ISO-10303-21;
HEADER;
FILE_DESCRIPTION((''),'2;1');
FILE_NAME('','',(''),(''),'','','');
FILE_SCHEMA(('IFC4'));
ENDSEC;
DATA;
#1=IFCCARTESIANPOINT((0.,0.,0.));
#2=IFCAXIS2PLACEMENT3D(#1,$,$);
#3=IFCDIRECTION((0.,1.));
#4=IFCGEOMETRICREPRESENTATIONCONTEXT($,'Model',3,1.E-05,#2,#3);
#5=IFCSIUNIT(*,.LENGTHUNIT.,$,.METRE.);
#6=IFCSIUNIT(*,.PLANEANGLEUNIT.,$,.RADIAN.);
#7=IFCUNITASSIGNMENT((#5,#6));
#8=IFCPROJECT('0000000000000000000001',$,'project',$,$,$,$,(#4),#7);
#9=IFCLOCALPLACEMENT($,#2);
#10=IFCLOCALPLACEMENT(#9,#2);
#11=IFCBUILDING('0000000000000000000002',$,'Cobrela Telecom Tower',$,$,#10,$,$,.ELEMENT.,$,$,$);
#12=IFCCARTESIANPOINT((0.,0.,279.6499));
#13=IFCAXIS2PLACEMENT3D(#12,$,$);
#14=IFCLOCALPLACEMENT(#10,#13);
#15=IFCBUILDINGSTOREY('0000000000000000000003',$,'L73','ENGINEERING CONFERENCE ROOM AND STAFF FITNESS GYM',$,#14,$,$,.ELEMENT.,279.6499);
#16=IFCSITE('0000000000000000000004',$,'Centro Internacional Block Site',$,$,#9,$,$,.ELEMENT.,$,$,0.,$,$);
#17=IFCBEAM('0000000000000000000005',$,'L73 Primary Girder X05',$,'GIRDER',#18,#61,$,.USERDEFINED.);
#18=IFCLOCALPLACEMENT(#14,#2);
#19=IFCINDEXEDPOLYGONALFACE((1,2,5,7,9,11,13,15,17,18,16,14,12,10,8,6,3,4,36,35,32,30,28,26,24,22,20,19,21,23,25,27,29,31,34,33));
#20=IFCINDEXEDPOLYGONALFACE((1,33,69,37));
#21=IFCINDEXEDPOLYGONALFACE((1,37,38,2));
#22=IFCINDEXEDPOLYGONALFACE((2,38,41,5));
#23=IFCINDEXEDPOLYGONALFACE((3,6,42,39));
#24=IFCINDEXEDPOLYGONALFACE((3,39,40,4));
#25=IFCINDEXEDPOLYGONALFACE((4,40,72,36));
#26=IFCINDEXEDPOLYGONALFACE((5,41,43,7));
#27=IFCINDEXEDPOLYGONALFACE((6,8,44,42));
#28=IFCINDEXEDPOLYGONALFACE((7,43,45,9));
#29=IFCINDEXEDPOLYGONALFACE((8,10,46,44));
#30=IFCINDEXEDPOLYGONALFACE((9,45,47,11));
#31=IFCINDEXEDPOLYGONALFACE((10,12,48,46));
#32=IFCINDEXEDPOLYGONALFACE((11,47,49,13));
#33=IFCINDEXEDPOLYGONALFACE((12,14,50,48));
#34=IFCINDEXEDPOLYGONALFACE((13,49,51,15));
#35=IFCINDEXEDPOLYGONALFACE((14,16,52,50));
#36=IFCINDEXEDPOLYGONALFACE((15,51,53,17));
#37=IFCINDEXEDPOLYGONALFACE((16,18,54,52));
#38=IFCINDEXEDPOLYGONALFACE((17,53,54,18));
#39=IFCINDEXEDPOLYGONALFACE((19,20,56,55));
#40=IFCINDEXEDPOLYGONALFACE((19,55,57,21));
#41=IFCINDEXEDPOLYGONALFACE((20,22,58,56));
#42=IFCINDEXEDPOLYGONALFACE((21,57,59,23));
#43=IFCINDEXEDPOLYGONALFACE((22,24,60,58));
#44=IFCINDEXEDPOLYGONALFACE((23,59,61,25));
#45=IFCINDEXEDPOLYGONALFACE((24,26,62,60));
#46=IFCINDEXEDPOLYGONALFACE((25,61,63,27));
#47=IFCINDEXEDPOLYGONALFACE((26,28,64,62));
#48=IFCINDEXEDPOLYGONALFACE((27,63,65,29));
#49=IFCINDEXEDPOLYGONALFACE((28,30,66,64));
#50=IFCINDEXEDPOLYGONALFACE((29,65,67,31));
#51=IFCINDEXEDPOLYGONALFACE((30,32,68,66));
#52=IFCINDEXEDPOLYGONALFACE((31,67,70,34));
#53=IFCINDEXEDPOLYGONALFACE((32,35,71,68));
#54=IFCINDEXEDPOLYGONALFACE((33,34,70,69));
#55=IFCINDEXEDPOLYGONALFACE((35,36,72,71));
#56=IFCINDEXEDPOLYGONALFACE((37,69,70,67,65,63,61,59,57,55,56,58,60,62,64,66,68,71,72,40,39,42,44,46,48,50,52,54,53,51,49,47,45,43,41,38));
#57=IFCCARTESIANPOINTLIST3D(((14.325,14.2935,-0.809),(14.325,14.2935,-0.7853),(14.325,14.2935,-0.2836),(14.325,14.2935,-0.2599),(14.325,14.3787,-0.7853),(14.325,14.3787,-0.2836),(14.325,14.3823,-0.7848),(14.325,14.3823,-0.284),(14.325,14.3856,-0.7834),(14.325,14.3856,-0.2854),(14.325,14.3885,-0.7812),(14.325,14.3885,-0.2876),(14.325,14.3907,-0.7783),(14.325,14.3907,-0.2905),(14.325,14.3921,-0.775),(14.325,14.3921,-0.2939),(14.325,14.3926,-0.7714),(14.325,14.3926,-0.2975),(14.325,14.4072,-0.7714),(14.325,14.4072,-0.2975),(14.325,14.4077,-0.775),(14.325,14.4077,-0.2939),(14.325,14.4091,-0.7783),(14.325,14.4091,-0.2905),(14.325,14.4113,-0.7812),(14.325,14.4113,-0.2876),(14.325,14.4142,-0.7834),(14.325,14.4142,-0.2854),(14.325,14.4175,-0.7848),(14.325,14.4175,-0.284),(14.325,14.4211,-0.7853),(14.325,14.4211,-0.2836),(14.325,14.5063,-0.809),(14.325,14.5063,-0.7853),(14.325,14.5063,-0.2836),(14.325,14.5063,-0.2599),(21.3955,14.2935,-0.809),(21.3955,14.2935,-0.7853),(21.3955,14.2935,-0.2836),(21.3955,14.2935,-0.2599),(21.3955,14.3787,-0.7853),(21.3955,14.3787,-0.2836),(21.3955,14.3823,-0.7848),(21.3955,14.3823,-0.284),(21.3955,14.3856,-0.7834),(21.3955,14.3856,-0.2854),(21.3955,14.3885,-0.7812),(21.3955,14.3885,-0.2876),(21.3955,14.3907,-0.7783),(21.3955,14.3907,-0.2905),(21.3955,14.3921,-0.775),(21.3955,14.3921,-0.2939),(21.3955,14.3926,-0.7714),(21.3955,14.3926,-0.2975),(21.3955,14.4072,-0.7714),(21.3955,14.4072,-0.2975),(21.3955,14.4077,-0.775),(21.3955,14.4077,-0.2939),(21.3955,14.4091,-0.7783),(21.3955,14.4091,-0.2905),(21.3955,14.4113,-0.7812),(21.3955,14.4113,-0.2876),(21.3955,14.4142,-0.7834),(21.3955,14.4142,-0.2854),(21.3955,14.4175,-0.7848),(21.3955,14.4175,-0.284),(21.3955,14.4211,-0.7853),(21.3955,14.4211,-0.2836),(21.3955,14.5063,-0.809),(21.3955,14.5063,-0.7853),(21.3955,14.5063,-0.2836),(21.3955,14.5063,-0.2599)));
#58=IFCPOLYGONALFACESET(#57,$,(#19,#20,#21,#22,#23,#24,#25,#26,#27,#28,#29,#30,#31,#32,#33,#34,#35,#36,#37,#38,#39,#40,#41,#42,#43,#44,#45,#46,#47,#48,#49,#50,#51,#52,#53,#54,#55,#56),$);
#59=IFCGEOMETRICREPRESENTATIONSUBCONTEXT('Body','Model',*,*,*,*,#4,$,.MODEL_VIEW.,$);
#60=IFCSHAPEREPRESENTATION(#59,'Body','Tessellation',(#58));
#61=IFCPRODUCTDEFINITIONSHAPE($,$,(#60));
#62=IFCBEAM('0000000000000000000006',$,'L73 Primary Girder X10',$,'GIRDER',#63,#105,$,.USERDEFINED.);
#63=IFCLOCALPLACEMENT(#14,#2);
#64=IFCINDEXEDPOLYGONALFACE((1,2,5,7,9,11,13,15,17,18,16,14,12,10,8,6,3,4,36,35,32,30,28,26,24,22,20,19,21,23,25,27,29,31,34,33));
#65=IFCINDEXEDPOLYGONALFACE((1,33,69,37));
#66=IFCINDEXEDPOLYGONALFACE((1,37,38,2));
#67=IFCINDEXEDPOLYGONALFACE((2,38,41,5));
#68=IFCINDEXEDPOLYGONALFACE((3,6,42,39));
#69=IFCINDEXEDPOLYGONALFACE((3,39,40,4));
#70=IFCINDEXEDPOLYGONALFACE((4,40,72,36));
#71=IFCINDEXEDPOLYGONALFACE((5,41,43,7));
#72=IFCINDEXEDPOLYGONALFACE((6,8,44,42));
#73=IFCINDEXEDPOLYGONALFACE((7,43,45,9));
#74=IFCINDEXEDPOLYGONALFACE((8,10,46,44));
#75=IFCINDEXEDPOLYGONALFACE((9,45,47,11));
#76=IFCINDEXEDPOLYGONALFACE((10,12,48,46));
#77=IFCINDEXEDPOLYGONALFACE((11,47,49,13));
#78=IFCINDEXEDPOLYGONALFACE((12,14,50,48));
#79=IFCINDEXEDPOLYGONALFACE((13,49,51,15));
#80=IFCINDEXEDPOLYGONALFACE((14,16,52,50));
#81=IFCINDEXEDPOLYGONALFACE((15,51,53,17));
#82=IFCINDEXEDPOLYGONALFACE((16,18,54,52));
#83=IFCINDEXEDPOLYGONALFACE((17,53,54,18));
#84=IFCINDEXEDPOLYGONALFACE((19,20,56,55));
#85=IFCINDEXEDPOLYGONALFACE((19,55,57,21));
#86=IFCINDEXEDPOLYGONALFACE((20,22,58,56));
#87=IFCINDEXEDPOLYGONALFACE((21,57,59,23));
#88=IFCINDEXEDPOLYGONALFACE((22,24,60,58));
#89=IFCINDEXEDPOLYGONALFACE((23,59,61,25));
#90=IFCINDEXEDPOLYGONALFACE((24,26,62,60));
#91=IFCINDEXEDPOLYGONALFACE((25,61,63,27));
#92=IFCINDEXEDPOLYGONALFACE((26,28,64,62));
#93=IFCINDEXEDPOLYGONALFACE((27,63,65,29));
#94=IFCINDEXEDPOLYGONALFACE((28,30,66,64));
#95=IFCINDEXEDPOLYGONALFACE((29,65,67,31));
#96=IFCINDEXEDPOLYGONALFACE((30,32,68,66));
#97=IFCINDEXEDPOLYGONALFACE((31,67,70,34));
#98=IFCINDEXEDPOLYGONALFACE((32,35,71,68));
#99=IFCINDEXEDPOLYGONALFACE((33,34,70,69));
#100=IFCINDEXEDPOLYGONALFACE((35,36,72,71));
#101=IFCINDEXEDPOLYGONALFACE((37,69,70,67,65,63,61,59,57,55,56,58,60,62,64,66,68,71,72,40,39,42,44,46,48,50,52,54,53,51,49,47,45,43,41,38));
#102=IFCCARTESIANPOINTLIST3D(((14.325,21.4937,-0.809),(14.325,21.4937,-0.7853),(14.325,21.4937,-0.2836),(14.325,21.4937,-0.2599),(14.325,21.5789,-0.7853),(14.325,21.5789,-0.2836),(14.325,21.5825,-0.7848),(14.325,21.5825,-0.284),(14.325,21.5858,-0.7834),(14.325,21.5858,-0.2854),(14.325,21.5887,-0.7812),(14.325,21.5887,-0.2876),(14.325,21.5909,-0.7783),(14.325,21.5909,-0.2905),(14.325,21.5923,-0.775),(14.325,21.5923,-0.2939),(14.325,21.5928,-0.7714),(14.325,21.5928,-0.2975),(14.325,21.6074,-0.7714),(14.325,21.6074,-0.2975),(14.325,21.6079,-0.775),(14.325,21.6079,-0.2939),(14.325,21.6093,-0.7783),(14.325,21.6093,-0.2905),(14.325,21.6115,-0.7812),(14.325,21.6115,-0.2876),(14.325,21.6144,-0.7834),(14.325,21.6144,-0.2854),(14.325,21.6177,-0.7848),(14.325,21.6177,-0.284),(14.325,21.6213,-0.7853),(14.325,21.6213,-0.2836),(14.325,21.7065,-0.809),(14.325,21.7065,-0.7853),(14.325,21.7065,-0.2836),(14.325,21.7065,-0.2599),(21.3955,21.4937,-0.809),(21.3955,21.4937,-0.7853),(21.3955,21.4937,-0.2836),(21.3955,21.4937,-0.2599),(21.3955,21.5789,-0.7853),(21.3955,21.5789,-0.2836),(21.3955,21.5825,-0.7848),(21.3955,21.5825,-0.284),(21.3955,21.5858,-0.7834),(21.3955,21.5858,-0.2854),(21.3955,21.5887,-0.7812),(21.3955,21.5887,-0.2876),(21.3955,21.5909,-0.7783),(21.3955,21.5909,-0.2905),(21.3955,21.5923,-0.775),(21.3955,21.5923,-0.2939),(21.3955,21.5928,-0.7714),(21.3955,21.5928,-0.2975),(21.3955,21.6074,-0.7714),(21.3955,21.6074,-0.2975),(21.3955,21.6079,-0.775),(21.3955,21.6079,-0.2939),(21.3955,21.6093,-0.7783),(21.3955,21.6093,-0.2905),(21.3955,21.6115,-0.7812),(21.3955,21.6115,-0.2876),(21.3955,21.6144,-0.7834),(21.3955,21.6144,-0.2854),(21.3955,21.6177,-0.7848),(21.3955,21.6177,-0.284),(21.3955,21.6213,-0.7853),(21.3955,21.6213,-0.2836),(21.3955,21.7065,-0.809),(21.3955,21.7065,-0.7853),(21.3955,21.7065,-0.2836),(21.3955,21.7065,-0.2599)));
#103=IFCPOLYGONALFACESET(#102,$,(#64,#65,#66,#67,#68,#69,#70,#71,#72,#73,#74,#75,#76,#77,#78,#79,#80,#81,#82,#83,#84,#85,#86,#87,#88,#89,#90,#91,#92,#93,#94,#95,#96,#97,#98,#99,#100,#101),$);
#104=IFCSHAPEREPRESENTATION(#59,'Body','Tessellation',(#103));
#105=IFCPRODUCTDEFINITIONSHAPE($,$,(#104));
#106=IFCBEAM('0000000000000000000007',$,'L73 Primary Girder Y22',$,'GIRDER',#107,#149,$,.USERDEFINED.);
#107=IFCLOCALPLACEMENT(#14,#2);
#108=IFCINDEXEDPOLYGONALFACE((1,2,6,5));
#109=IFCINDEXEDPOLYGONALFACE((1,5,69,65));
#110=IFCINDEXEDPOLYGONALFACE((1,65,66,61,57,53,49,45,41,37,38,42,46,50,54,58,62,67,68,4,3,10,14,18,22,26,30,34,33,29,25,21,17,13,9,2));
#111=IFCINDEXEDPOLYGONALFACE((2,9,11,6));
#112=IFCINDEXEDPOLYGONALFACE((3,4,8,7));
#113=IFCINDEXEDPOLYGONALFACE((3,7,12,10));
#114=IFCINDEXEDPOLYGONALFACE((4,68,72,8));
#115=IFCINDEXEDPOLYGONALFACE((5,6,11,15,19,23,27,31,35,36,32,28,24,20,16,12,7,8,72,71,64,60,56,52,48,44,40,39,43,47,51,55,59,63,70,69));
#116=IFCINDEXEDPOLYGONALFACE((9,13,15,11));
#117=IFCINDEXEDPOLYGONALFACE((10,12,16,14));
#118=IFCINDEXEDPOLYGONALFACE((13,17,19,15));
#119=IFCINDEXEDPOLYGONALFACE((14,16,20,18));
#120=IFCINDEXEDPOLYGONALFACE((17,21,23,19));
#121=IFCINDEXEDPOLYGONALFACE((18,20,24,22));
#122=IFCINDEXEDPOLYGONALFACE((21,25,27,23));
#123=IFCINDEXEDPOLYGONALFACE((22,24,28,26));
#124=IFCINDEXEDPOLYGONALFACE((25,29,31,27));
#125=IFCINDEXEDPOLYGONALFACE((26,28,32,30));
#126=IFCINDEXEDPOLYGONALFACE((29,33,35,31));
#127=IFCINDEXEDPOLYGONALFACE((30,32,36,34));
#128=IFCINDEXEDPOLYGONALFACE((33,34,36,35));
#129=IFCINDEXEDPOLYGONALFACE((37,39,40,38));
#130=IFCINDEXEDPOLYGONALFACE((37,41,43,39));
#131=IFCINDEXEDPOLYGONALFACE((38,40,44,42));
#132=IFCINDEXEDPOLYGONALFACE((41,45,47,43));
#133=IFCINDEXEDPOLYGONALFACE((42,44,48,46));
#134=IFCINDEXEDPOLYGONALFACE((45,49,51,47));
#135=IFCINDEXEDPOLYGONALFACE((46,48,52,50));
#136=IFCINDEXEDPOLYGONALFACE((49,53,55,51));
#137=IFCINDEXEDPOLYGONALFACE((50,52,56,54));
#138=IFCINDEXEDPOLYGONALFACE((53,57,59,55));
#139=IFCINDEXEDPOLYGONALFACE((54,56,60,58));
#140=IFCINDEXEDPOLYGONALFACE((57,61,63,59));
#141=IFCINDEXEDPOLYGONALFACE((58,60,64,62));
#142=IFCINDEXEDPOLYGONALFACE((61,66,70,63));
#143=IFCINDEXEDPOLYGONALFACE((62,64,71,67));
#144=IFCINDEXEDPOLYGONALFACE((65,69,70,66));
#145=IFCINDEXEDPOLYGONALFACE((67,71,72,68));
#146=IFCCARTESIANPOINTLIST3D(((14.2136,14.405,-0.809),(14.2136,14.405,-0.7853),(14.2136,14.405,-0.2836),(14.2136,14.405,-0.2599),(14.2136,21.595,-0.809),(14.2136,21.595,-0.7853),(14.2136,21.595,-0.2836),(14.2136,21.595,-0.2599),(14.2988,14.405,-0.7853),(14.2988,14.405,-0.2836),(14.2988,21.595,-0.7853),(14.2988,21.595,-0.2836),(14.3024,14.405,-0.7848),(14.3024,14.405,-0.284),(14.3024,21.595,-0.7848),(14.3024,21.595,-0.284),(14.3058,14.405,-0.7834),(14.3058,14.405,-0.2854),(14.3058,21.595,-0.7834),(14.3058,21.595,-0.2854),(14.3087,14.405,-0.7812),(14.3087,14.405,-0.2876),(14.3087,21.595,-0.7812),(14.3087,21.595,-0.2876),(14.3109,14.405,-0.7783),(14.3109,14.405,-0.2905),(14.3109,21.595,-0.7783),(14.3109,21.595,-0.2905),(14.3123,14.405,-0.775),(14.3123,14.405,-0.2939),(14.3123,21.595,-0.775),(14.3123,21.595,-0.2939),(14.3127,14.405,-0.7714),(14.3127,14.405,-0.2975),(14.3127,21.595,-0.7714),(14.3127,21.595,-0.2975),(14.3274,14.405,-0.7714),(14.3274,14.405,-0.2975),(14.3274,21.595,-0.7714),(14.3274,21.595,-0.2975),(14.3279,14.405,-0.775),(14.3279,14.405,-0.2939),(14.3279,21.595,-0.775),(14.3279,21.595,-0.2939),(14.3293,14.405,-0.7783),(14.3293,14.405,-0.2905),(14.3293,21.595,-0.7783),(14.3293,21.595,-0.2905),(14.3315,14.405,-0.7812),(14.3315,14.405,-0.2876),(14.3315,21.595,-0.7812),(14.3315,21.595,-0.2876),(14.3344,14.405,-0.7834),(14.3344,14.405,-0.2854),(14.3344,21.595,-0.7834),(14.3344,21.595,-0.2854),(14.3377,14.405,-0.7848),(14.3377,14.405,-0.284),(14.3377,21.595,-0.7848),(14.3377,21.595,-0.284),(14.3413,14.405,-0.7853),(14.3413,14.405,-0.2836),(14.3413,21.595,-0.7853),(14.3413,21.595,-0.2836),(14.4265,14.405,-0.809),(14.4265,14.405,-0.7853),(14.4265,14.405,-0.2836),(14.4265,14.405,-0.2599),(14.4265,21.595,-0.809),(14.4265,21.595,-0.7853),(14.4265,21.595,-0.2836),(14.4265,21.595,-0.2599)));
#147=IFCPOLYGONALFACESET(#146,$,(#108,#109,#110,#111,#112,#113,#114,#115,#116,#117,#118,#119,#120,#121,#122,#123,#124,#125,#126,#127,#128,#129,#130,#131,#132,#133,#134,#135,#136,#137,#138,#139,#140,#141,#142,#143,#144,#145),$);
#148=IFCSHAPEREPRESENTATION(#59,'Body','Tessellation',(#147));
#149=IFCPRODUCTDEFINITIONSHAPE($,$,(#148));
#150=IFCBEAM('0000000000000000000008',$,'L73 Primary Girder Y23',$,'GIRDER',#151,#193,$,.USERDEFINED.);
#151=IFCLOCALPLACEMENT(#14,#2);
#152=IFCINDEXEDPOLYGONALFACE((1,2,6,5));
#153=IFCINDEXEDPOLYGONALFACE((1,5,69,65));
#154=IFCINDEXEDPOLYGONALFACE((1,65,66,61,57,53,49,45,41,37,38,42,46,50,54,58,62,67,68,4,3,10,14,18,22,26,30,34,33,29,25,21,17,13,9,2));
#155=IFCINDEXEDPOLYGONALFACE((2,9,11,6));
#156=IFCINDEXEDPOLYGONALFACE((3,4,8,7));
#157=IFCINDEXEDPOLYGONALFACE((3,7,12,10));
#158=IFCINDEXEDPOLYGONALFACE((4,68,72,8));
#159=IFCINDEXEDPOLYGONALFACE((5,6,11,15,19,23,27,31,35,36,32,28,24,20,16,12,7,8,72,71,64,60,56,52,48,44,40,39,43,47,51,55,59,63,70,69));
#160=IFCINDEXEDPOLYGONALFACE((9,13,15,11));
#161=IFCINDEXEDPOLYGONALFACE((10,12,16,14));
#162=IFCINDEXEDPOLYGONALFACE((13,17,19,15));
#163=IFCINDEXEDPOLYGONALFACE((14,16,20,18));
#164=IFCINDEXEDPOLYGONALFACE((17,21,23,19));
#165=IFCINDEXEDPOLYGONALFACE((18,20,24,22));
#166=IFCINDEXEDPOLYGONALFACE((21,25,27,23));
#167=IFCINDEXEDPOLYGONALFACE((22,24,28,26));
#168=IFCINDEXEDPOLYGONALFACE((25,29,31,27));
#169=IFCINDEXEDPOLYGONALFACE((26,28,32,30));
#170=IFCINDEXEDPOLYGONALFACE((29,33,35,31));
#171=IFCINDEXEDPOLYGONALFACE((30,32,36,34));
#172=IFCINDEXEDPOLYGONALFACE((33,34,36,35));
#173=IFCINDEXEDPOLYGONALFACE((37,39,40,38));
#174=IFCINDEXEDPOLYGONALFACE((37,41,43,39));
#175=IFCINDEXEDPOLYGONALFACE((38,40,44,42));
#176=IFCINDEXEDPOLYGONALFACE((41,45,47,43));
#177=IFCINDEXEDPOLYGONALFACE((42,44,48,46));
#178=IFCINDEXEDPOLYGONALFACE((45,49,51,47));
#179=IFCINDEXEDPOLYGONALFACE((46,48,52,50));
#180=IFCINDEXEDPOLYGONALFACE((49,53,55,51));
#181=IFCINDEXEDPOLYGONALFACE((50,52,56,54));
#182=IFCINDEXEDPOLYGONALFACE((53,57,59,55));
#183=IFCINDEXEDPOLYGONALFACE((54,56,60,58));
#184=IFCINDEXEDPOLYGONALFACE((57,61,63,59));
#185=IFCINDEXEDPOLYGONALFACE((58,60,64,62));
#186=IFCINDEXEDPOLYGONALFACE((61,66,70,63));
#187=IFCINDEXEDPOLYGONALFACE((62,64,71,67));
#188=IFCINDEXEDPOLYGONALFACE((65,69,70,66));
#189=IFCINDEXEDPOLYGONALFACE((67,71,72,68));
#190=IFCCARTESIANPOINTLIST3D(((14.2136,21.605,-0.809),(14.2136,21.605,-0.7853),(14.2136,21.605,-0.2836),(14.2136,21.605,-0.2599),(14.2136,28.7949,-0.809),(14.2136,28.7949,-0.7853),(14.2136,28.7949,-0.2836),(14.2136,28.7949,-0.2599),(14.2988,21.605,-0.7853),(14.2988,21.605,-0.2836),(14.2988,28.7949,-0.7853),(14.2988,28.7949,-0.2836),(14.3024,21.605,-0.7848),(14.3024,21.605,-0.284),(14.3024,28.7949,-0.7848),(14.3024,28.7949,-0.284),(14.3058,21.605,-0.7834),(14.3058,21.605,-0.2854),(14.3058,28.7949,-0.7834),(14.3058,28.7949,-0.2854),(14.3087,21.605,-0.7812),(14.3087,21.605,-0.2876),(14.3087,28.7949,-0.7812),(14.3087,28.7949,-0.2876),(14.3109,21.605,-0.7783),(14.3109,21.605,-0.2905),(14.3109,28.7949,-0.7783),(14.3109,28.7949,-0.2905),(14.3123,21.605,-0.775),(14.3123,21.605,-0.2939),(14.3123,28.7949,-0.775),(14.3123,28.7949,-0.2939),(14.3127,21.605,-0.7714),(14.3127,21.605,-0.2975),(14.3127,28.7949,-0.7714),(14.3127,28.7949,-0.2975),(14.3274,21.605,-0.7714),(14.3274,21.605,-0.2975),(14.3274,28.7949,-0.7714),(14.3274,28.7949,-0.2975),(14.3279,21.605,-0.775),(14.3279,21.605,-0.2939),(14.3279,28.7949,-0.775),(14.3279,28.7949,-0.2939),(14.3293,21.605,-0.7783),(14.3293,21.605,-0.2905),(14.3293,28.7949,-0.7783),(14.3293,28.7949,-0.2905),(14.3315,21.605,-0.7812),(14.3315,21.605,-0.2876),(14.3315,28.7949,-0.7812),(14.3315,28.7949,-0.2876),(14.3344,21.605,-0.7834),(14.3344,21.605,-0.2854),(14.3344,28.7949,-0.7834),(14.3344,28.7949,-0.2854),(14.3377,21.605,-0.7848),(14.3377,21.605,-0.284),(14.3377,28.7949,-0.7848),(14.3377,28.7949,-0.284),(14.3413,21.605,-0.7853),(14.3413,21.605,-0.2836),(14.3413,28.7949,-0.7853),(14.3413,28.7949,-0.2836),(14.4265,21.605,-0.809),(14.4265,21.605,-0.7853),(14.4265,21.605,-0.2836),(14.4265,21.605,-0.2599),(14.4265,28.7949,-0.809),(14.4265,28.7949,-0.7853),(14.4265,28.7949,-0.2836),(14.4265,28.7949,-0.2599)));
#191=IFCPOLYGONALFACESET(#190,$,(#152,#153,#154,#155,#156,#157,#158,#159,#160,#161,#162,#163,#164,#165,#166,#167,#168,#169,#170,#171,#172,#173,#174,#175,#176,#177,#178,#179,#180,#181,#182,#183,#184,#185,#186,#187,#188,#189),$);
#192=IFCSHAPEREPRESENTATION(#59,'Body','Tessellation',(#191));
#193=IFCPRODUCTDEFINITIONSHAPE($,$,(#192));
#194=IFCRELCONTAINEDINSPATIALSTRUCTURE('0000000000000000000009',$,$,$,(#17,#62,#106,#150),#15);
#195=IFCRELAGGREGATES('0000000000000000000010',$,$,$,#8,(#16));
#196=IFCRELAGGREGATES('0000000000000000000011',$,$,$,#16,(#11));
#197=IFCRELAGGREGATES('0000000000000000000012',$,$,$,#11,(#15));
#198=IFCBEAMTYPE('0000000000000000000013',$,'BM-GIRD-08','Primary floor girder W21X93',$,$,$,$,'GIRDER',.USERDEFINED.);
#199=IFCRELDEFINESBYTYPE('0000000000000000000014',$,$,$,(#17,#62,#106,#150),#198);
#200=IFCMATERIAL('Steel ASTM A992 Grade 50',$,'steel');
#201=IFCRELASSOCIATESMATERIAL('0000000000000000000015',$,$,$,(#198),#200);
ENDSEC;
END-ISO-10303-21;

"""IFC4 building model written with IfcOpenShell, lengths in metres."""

from ifc_helpers import new_model, si_unit, direction, frame, origin, origin_2d, place, context, subcontext, project, spatial, i_section, extrude, material, material_profile, profile_set, type_object, element, save


model = new_model("IFC4")

# Units and contexts
model_context = context("Model", 3, precision=1e-05, world=origin(), true_north=direction((0.0, 1.0)))
body_context = subcontext(model_context, "Body", "Model", "MODEL_VIEW")
ifc_project = project(units=[si_unit("LENGTHUNIT", "METRE"), si_unit("PLANEANGLEUNIT", "RADIAN")], contexts=[model_context])

# Site, building, storey
site_placement = place(None, origin())
site = spatial("IfcSite", under=ifc_project, at=site_placement, Name="Centro Internacional Block Site", CompositionType="ELEMENT", RefElevation=0.0)
building_placement = place(site_placement, origin())
building = spatial("IfcBuilding", under=site, at=building_placement, Name="Cobrela Telecom Tower", CompositionType="ELEMENT")
storey_placement = place(building_placement, frame((0.0, 0.0, 279.6499)))
storey = spatial("IfcBuildingStorey", under=building, at=storey_placement, Name="L73", Description="ENGINEERING CONFERENCE ROOM AND STAFF FITNESS GYM", CompositionType="ELEMENT", Elevation=279.6499)

# Beams
ifc_material_1 = material(Name="Steel ASTM A992 Grade 50", Category="steel")
ifc_material_profile_1 = material_profile(ifc_material_1, i_section(OverallWidth=0.2129, OverallDepth=0.5491, WebThickness=0.0146, FlangeThickness=0.0237, FilletRadius=0.0139, at=origin_2d()), Name="W21X93")
ifc_profile_set_1 = profile_set([ifc_material_profile_1], Name="Steel ASTM A992 Grade 50")
beam_type_1 = type_object("IfcBeamType", Name="BM-GIRD-08", Description="Primary floor girder W21X93", ElementType="GIRDER", PredefinedType="USERDEFINED", material=ifc_profile_set_1)
for number, where, z_axis, x_axis, name in (
    (1, (14.325, 14.3999, -0.5344), (1.0, 0.0, 0.0), (0.0, 1.0, 0.0), "L73 Primary Girder X05"),
    (2, (14.325, 21.6001, -0.5344), (1.0, 0.0, 0.0), (0.0, 1.0, 0.0), "L73 Primary Girder X10"),
):
    element("IfcBeam", number, at=place(storey_placement, frame(where, z_axis=z_axis, x_axis=x_axis)), inside=storey, type_object=beam_type_1, Name=name, ObjectType="GIRDER", PredefinedType="USERDEFINED", context=body_context, shape_type="SweptSolid", body=[
        extrude(i_section(OverallWidth=0.2129, OverallDepth=0.5491, WebThickness=0.0146, FlangeThickness=0.0237, FilletRadius=0.0139, at=origin_2d()), origin(), (0.0, 0.0, 1.0), 7.0706),
    ])
for number, where, z_axis, x_axis, name in (
    (3, (14.3201, 14.405, -0.5344), (0.0, 1.0, 0.0), (-1.0, 0.0, 0.0), "L73 Primary Girder Y22"),
    (4, (14.3201, 21.605, -0.5344), (0.0, 1.0, 0.0), (-1.0, 0.0, 0.0), "L73 Primary Girder Y23"),
):
    element("IfcBeam", number, at=place(storey_placement, frame(where, z_axis=z_axis, x_axis=x_axis)), inside=storey, type_object=beam_type_1, Name=name, ObjectType="GIRDER", PredefinedType="USERDEFINED", context=body_context, shape_type="SweptSolid", body=[
        extrude(i_section(OverallWidth=0.2129, OverallDepth=0.5491, WebThickness=0.0146, FlangeThickness=0.0237, FilletRadius=0.0139, at=origin_2d()), origin(), (0.0, 0.0, 1.0), 7.1899),
    ])

save(model, "model.ifc")
